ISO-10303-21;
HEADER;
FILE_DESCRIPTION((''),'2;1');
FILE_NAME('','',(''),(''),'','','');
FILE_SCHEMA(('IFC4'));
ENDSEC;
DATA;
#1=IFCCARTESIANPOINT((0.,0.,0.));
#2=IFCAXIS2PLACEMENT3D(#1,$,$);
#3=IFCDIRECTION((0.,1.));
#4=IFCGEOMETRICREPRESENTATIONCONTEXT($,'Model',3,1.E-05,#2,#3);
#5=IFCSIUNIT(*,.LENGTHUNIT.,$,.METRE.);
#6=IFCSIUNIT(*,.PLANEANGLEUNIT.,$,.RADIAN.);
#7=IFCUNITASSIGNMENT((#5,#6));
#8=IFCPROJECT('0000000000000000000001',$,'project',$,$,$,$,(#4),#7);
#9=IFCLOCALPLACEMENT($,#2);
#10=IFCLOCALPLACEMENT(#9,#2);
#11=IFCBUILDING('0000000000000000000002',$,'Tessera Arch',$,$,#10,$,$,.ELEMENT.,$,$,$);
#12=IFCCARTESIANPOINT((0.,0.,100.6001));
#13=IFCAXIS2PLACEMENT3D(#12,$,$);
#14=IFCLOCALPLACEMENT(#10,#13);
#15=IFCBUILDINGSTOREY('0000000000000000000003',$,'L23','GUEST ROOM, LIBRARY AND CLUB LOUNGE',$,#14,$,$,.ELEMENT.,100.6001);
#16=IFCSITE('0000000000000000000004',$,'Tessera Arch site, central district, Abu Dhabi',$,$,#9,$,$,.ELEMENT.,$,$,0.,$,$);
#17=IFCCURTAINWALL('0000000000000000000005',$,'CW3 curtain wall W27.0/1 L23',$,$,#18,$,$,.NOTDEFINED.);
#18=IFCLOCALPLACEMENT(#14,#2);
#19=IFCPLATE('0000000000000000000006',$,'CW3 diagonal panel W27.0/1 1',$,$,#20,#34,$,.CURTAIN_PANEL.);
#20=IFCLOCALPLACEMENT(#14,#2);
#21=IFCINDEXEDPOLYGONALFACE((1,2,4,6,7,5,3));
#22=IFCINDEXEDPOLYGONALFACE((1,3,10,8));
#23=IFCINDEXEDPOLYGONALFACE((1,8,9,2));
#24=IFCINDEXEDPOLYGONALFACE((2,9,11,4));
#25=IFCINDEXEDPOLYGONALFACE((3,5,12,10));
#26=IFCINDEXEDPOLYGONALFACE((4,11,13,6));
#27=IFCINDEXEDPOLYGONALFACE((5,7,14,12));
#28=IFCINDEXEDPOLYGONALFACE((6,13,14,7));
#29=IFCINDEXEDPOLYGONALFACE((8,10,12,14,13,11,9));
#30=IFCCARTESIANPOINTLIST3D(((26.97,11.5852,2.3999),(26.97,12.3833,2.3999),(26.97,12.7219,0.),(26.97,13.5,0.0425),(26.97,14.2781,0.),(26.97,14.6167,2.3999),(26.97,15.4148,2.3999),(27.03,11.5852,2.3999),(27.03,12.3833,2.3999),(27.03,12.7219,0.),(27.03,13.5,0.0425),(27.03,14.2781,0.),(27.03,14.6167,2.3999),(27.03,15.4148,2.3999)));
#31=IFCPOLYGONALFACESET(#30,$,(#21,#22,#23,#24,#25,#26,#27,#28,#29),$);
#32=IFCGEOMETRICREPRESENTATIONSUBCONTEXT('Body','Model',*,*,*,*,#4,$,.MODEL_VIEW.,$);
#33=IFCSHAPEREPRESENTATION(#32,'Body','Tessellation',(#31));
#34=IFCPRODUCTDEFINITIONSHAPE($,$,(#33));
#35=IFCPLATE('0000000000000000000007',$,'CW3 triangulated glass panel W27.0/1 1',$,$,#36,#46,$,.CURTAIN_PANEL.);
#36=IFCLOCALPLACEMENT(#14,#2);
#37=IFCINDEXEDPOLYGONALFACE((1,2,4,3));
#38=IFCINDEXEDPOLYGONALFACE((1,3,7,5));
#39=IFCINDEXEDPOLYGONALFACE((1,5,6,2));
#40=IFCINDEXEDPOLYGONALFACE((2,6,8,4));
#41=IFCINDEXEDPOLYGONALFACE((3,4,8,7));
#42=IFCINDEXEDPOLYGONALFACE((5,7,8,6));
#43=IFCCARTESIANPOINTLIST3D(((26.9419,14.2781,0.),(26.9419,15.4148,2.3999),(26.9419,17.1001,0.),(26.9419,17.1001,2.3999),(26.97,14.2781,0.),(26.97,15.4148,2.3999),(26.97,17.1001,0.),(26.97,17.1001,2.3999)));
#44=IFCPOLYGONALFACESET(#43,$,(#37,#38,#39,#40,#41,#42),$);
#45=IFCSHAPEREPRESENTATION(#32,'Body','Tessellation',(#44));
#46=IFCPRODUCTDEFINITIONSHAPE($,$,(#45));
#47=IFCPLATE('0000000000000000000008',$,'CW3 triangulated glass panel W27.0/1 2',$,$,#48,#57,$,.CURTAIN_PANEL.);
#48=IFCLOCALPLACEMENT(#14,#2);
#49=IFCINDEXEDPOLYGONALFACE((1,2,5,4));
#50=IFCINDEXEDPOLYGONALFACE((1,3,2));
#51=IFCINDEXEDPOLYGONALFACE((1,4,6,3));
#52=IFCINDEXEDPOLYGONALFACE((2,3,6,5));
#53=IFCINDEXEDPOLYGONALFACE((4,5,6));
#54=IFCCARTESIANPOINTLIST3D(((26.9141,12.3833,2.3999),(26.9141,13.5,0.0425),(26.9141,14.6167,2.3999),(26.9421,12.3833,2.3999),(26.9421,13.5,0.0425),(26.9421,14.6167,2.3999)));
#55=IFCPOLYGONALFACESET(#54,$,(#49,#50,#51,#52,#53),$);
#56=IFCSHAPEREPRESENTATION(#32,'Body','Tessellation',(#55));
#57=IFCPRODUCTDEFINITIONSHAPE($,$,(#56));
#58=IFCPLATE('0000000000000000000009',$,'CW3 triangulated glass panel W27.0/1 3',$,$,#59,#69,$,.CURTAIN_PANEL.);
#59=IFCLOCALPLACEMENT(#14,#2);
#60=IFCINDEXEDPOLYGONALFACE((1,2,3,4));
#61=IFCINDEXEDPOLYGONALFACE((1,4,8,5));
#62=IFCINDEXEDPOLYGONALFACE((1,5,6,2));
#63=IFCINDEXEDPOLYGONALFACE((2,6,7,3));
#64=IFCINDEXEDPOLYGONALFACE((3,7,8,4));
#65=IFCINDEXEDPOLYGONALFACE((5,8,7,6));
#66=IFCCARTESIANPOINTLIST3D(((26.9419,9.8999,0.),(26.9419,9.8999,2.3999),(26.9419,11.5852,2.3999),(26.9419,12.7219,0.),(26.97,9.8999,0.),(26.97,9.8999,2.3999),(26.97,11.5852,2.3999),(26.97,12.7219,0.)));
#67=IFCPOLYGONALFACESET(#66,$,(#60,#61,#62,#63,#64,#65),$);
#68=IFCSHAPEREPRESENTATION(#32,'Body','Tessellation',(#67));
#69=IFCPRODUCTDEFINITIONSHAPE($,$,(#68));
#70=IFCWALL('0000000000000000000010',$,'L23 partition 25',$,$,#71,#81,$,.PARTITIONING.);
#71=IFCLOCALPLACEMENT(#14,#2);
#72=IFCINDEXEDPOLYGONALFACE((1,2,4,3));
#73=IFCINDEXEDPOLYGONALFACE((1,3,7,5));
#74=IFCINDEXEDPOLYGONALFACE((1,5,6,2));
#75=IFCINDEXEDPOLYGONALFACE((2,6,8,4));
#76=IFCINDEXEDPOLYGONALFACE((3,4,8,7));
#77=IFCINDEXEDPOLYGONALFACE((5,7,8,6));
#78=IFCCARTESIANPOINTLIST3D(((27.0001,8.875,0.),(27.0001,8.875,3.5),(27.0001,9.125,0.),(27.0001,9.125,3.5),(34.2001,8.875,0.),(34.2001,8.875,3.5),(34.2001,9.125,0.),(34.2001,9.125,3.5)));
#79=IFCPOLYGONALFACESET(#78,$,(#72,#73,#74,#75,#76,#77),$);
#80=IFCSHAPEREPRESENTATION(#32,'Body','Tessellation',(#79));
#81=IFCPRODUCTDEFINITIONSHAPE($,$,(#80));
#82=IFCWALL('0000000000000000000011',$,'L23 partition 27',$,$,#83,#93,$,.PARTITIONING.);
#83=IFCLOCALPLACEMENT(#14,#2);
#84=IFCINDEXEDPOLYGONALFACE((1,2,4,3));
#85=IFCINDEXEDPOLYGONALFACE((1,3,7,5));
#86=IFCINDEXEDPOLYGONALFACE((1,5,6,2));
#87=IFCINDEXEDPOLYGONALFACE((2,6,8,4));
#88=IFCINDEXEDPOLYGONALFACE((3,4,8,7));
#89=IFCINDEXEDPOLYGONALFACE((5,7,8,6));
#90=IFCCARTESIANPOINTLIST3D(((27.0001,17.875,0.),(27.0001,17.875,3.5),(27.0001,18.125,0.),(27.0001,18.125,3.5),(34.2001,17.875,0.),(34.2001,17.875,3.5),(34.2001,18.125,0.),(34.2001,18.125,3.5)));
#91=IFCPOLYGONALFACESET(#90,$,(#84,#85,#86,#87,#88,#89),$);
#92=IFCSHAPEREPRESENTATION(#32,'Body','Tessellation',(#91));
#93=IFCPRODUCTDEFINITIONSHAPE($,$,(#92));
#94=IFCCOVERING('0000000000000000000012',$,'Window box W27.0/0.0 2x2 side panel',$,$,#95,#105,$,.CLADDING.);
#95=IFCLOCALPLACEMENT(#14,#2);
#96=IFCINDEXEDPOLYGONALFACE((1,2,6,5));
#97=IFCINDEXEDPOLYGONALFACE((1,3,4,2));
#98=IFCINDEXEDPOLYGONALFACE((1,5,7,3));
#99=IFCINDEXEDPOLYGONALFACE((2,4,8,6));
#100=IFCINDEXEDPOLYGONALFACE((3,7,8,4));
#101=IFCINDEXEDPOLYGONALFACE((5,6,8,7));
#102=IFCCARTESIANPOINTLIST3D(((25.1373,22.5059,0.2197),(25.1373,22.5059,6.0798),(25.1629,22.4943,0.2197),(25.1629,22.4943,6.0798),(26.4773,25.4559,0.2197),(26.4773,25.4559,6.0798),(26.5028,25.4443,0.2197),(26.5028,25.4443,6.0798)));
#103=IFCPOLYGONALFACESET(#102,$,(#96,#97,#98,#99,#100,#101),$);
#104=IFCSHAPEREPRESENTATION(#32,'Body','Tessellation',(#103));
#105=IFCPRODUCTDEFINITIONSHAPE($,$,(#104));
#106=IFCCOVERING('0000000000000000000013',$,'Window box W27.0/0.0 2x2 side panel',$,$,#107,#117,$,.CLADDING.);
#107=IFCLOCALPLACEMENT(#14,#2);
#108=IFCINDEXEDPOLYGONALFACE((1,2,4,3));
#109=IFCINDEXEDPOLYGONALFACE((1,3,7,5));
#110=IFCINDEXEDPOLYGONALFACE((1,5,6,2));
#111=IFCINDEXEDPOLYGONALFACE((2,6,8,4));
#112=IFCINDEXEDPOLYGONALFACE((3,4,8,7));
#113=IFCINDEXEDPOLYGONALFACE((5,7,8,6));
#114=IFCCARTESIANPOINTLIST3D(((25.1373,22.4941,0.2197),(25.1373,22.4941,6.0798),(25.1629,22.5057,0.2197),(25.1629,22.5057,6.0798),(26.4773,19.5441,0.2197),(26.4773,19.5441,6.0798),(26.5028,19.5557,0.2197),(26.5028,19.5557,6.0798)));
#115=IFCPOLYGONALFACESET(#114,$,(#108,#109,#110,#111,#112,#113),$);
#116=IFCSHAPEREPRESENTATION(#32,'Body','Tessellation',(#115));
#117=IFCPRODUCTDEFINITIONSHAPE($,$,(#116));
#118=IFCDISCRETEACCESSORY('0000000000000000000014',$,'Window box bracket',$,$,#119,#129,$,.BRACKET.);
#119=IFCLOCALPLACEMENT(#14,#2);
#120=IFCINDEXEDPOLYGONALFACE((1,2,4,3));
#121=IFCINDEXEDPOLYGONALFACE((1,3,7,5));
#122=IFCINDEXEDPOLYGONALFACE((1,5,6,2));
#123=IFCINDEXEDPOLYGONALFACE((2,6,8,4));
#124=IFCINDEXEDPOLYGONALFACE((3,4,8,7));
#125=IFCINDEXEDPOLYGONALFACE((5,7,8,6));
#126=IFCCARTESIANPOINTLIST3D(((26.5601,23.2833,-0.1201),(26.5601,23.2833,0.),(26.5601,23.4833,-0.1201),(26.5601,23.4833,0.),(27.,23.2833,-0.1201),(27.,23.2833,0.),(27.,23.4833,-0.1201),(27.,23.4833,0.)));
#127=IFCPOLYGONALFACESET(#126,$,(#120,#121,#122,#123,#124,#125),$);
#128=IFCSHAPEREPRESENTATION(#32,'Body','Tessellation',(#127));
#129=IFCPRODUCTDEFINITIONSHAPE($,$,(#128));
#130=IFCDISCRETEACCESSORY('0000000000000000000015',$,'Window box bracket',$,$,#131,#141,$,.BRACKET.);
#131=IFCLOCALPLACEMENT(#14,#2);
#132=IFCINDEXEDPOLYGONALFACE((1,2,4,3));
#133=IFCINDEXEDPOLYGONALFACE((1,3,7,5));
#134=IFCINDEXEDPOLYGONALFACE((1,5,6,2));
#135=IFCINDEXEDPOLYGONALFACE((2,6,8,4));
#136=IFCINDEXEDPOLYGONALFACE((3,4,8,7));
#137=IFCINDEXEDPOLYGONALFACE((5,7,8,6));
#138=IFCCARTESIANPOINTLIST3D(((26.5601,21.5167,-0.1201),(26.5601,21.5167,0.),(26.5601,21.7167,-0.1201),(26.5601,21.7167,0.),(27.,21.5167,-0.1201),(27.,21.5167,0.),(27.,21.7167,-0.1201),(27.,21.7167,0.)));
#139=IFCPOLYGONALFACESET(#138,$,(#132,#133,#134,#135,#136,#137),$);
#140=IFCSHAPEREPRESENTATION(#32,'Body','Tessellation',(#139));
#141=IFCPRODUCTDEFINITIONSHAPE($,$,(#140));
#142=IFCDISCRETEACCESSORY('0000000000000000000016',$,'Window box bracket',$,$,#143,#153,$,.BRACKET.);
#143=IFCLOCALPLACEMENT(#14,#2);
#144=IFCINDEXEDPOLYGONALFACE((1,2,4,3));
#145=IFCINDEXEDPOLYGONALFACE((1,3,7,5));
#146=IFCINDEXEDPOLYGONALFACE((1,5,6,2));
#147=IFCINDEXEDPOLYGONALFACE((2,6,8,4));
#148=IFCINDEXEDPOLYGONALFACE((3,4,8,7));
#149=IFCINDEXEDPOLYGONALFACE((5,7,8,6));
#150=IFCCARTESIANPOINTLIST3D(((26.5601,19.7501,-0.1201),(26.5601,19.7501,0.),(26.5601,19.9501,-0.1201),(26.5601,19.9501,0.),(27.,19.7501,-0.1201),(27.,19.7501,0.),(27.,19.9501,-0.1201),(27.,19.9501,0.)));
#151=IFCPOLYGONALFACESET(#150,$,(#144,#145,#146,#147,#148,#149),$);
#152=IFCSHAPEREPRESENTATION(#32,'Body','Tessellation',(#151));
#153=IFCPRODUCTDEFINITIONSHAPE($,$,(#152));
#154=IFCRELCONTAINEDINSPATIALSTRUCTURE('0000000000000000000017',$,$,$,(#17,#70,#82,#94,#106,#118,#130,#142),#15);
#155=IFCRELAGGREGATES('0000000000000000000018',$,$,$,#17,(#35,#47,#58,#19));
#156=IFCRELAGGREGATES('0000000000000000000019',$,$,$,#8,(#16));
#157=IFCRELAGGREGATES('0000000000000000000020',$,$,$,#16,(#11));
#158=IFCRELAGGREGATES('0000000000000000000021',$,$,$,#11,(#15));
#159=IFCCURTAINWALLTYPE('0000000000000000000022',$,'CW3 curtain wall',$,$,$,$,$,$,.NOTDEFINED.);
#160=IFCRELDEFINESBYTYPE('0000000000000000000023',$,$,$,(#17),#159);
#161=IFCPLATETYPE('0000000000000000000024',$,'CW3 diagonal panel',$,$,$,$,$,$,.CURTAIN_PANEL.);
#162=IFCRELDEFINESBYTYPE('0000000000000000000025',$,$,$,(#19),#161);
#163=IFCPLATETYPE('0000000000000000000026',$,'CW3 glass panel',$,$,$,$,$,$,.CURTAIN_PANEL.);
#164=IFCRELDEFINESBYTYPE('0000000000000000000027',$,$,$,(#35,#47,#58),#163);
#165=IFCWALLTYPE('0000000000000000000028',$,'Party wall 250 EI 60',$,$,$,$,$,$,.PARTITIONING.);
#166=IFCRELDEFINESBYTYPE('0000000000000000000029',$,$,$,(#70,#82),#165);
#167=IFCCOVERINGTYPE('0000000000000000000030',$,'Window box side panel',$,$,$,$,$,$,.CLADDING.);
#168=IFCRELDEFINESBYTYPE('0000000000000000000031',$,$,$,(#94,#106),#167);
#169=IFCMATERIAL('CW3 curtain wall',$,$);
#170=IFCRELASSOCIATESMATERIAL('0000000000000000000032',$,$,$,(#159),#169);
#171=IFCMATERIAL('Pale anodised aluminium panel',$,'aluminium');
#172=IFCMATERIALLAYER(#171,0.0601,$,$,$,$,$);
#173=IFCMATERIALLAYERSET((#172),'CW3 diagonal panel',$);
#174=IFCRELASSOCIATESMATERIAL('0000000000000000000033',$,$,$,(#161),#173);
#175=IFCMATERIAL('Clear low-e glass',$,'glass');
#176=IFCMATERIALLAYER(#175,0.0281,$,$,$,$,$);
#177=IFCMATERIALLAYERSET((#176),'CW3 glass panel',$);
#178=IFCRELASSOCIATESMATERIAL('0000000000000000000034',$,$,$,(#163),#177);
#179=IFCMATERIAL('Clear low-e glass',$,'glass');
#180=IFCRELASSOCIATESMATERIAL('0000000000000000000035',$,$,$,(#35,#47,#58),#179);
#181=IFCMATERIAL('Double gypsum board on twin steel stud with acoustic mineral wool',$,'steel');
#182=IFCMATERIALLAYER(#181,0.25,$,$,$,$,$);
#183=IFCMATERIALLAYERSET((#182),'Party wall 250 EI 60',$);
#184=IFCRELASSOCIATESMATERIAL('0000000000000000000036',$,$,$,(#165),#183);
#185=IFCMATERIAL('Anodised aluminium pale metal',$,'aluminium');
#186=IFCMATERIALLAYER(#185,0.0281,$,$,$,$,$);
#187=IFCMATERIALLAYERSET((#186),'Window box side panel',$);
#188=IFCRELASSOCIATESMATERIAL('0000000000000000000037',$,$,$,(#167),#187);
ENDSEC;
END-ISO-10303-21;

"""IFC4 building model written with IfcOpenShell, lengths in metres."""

from ifc_helpers import new_model, si_unit, direction, frame, frame_2d, origin, origin_2d, place, context, subcontext, project, spatial, polyline, rectangle, outline, extrude, material, layer, layer_set, type_object, element, aggregate, save


model = new_model("IFC4")

# Units and contexts
model_context = context("Model", 3, precision=1e-05, world=origin(), true_north=direction((0.0, 1.0)))
body_context = subcontext(model_context, "Body", "Model", "MODEL_VIEW")
ifc_project = project(units=[si_unit("LENGTHUNIT", "METRE"), si_unit("PLANEANGLEUNIT", "RADIAN")], contexts=[model_context])

# Site, building, storey
site_placement = place(None, origin())
site = spatial("IfcSite", under=ifc_project, at=site_placement, Name="Tessera Arch site, central district, Abu Dhabi", CompositionType="ELEMENT", RefElevation=0.0)
building_placement = place(site_placement, origin())
building = spatial("IfcBuilding", under=site, at=building_placement, Name="Tessera Arch", CompositionType="ELEMENT")
storey_placement = place(building_placement, frame((0.0, 0.0, 100.6001)))
storey = spatial("IfcBuildingStorey", under=building, at=storey_placement, Name="L23", Description="GUEST ROOM, LIBRARY AND CLUB LOUNGE", CompositionType="ELEMENT", Elevation=100.6001)

# Curtain wall
ifc_material_1 = material(Name="CW3 curtain wall")
curtain_wall_type_1 = type_object("IfcCurtainWallType", Name="CW3 curtain wall", PredefinedType="NOTDEFINED", material=ifc_material_1)
curtain_wall_1_placement = place(storey_placement, origin())
curtain_wall_1 = element("IfcCurtainWall", 1, at=curtain_wall_1_placement, inside=storey, type_object=curtain_wall_type_1, Name="CW3 curtain wall W27.0/1 L23", PredefinedType="NOTDEFINED")

# Plates
ifc_material_2 = material(Name="Clear low-e glass", Category="glass")
ifc_material_3 = material(Name="Pale anodised aluminium panel", Category="aluminium")
ifc_layer_1 = layer(ifc_material_3, 0.0601)
ifc_layer_set_1 = layer_set([ifc_layer_1], Name="CW3 diagonal panel")
plate_type_1 = type_object("IfcPlateType", Name="CW3 diagonal panel", PredefinedType="CURTAIN_PANEL", material=ifc_layer_set_1)
plate_1_placement = place(storey_placement, frame((26.97, 11.5852, 2.3999), z_axis=(-1.0, 0.0, 0.0), x_axis=(0.0, 1.0, 0.0)))
plate_1 = element("IfcPlate", 2, at=plate_1_placement, type_object=plate_type_1, Name="CW3 diagonal panel W27.0/1 1", PredefinedType="CURTAIN_PANEL", context=body_context, shape_type="SweptSolid", body=[
    extrude(outline(polyline([(0.0, 0.0), (0.7981, 0.0), (1.9148, 2.3574), (3.0315, 0.0), (3.8296, 0.0), (2.6929, 2.3999), (1.1367, 2.3999), (0.0, 0.0)])), origin(), (0.0, 0.0, -1.0), 0.0601),
])
ifc_material_4 = material(Name="Clear low-e glass", Category="glass")
ifc_layer_2 = layer(ifc_material_4, 0.0281)
ifc_layer_set_2 = layer_set([ifc_layer_2], Name="CW3 glass panel")
plate_type_2 = type_object("IfcPlateType", Name="CW3 glass panel", PredefinedType="CURTAIN_PANEL", material=ifc_layer_set_2)
plate_2_placement = place(storey_placement, frame((26.9419, 17.1001, 0.0), z_axis=(-1.0, 0.0, 0.0), x_axis=(0.0, -1.0, 0.0)))
plate_2 = element("IfcPlate", 3, at=plate_2_placement, type_object=plate_type_2, material=ifc_material_2, Name="CW3 triangulated glass panel W27.0/1 1", PredefinedType="CURTAIN_PANEL", context=body_context, shape_type="SweptSolid", body=[
    extrude(outline(polyline([(0.0, 0.0), (2.822, 0.0), (1.6853, 2.3999), (0.0, 2.3999), (0.0, 0.0)])), origin(), (0.0, 0.0, -1.0), 0.0281),
])
plate_3_placement = place(storey_placement, frame((26.9141, 12.3833, 2.3999), z_axis=(-1.0, 0.0, 0.0), x_axis=(0.0, 1.0, 0.0)))
plate_3 = element("IfcPlate", 4, at=plate_3_placement, type_object=plate_type_2, material=ifc_material_2, Name="CW3 triangulated glass panel W27.0/1 2", PredefinedType="CURTAIN_PANEL", context=body_context, shape_type="SweptSolid", body=[
    extrude(outline(polyline([(0.0, 0.0), (2.2334, 0.0), (1.1167, 2.3574), (0.0, 0.0)])), origin(), (0.0, 0.0, -1.0), 0.0281),
])
plate_4_placement = place(storey_placement, frame((26.9419, 9.8999, 2.3999), z_axis=(-1.0, 0.0, 0.0), x_axis=(0.0, 1.0, 0.0)))
plate_4 = element("IfcPlate", 5, at=plate_4_placement, type_object=plate_type_2, material=ifc_material_2, Name="CW3 triangulated glass panel W27.0/1 3", PredefinedType="CURTAIN_PANEL", context=body_context, shape_type="SweptSolid", body=[
    extrude(outline(polyline([(0.0, 0.0), (1.6853, 0.0), (2.822, 2.3999), (0.0, 2.3999), (0.0, 0.0)])), origin(), (0.0, 0.0, -1.0), 0.0281),
])
aggregate(curtain_wall_1, [plate_2, plate_3, plate_4, plate_1])

# Walls
ifc_material_5 = material(Name="Double gypsum board on twin steel stud with acoustic mineral wool", Category="steel")
ifc_layer_3 = layer(ifc_material_5, 0.25)
ifc_layer_set_3 = layer_set([ifc_layer_3], Name="Party wall 250 EI 60")
wall_type = type_object("IfcWallType", Name="Party wall 250 EI 60", PredefinedType="PARTITIONING", material=ifc_layer_set_3)
for number, where, z_axis, x_axis, name in (
    (6, (27.0, 9.0, 0.0), (0.0, 0.0, 1.0), (1.0, 0.0, 0.0), "L23 partition 25"),
    (7, (27.0, 18.0, 0.0), (0.0, 0.0, 1.0), (1.0, 0.0, 0.0), "L23 partition 27"),
):
    element("IfcWall", number, at=place(storey_placement, frame(where, z_axis=z_axis, x_axis=x_axis)), inside=storey, type_object=wall_type, Name=name, PredefinedType="PARTITIONING", context=body_context, shape_type="SweptSolid", body=[
        extrude(rectangle(XDim=7.2, YDim=0.25, at=frame_2d((3.6001, 0.0))), origin(), (0.0, 0.0, 1.0), 3.5),
    ])

# Coverings
ifc_material_6 = material(Name="Anodised aluminium pale metal", Category="aluminium")
ifc_layer_4 = layer(ifc_material_6, 0.0281)
ifc_layer_set_4 = layer_set([ifc_layer_4], Name="Window box side panel")
covering_type = type_object("IfcCoveringType", Name="Window box side panel", PredefinedType="CLADDING", material=ifc_layer_set_4)
for number, where, z_axis, x_axis, name in (
    (8, (25.8201, 23.9751, 0.2197), (0.0, 0.0, 1.0), (-0.41357, -0.910472, 0.0), "Window box W27.0/0.0 2x2 side panel"),
    (9, (25.8201, 21.0249, 0.2197), (0.0, 0.0, 1.0), (-0.41357, 0.910472, 0.0), "Window box W27.0/0.0 2x2 side panel"),
):
    element("IfcCovering", number, at=place(storey_placement, frame(where, z_axis=z_axis, x_axis=x_axis)), inside=storey, type_object=covering_type, Name=name, PredefinedType="CLADDING", context=body_context, shape_type="SweptSolid", body=[
        extrude(rectangle(XDim=3.24, YDim=0.0281, at=origin_2d()), origin(), (0.0, 0.0, 1.0), 5.8601),
    ])

# Discrete accessories
for number, where, z_axis, x_axis, name in (
    (10, (26.78, 23.3833, -0.1201), (0.0, 0.0, 1.0), (-1.0, 0.0, 0.0), "Window box bracket"),
    (11, (26.78, 21.6167, -0.1201), (0.0, 0.0, 1.0), (-1.0, 0.0, 0.0), "Window box bracket"),
    (12, (26.78, 19.8501, -0.1201), (0.0, 0.0, 1.0), (-1.0, 0.0, 0.0), "Window box bracket"),
):
    element("IfcDiscreteAccessory", number, at=place(storey_placement, frame(where, z_axis=z_axis, x_axis=x_axis)), inside=storey, Name=name, PredefinedType="BRACKET", context=body_context, shape_type="SweptSolid", body=[
        extrude(rectangle(XDim=0.4399, YDim=0.2, at=origin_2d()), origin(), (0.0, 0.0, 1.0), 0.1201),
    ])

save(model, "model.ifc")
